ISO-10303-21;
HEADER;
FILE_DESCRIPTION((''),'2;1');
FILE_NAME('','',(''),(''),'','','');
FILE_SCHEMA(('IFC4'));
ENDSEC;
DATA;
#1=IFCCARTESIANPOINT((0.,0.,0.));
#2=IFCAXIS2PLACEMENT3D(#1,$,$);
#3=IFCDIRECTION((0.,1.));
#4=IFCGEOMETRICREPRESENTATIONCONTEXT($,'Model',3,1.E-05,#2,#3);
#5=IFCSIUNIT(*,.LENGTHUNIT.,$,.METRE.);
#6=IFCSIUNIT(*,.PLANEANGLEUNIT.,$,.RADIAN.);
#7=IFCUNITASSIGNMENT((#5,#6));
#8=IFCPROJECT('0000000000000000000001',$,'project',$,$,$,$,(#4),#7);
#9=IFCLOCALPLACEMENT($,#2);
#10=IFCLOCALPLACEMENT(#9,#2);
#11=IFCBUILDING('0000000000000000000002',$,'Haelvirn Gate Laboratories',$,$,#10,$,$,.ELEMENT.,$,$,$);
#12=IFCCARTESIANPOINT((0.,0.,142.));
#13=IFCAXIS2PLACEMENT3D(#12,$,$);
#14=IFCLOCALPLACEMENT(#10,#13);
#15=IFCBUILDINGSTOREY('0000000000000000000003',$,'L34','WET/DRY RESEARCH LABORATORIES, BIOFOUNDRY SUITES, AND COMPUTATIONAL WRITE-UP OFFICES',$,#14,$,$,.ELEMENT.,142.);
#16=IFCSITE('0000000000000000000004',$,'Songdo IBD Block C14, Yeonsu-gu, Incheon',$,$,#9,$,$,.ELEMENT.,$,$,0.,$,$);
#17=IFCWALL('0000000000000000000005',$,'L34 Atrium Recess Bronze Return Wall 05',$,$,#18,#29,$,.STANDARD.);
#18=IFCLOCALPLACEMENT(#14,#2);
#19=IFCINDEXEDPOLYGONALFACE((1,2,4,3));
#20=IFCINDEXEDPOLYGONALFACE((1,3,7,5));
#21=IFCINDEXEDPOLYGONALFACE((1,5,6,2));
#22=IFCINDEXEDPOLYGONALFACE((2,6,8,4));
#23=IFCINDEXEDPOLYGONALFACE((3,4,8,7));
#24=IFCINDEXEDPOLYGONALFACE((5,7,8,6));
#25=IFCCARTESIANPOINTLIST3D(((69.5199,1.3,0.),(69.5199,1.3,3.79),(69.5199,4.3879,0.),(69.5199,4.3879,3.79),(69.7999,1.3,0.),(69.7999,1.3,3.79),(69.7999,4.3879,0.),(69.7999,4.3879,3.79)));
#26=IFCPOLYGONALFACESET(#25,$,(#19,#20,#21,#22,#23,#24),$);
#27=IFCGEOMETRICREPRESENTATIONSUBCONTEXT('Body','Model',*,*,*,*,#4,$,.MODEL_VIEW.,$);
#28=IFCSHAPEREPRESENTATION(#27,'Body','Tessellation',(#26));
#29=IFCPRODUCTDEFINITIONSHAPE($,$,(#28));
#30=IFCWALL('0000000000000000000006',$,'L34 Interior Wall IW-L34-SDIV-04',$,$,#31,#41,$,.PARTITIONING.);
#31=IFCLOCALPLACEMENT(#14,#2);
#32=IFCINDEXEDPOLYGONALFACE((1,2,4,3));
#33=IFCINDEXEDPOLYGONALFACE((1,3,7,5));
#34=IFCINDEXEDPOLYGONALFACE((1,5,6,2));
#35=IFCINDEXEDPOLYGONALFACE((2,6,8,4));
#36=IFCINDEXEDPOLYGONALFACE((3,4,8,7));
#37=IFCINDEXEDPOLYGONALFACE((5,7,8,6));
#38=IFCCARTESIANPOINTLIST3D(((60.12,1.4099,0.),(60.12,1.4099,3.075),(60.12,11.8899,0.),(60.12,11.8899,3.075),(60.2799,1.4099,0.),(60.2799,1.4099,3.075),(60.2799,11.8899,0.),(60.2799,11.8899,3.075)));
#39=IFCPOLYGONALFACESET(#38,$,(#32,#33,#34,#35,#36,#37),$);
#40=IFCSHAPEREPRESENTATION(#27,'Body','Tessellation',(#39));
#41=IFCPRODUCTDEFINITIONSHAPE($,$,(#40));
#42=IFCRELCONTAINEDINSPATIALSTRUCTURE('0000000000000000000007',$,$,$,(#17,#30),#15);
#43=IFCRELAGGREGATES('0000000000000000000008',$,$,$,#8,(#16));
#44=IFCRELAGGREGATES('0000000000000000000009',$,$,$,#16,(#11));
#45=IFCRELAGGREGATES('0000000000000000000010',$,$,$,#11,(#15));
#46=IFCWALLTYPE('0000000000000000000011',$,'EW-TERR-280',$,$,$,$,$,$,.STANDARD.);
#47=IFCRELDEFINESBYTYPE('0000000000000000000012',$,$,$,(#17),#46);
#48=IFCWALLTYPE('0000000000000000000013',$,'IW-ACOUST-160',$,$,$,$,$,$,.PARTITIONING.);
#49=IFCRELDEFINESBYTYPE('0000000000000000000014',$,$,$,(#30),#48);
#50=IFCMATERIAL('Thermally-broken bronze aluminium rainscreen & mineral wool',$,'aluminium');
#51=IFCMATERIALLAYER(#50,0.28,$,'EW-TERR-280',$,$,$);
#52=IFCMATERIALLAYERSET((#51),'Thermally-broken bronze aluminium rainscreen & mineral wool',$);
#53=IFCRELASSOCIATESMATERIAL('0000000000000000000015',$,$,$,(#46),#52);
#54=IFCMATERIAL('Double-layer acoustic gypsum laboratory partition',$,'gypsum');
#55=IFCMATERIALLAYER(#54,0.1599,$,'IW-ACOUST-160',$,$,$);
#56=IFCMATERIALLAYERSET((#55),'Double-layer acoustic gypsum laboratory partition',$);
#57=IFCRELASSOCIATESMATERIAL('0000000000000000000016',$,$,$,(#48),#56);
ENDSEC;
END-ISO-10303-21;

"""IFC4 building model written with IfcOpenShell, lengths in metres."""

from ifc_helpers import new_model, si_unit, direction, frame, frame_2d, origin, place, context, subcontext, project, spatial, rectangle, extrude, material, layer, layer_set, type_object, element, save


model = new_model("IFC4")

# Units and contexts
model_context = context("Model", 3, precision=1e-05, world=origin(), true_north=direction((0.0, 1.0)))
body_context = subcontext(model_context, "Body", "Model", "MODEL_VIEW")
ifc_project = project(units=[si_unit("LENGTHUNIT", "METRE"), si_unit("PLANEANGLEUNIT", "RADIAN")], contexts=[model_context])

# Site, building, storey
site_placement = place(None, origin())
site = spatial("IfcSite", under=ifc_project, at=site_placement, Name="Songdo IBD Block C14, Yeonsu-gu, Incheon", CompositionType="ELEMENT", RefElevation=0.0)
building_placement = place(site_placement, origin())
building = spatial("IfcBuilding", under=site, at=building_placement, Name="Haelvirn Gate Laboratories", CompositionType="ELEMENT")
storey_placement = place(building_placement, frame((0.0, 0.0, 142.0)))
storey = spatial("IfcBuildingStorey", under=building, at=storey_placement, Name="L34", Description="WET/DRY RESEARCH LABORATORIES, BIOFOUNDRY SUITES, AND COMPUTATIONAL WRITE-UP OFFICES", CompositionType="ELEMENT", Elevation=142.0)

# Walls
ifc_material_1 = material(Name="Thermally-broken bronze aluminium rainscreen & mineral wool", Category="aluminium")
ifc_layer_1 = layer(ifc_material_1, 0.28, Name="EW-TERR-280")
ifc_layer_set_1 = layer_set([ifc_layer_1], Name="Thermally-broken bronze aluminium rainscreen & mineral wool")
wall_type_1 = type_object("IfcWallType", Name="EW-TERR-280", PredefinedType="STANDARD", material=ifc_layer_set_1)
wall_1_placement = place(storey_placement, frame((69.6599, 1.3, 0.0), z_axis=(0.0, 0.0, 1.0), x_axis=(0.0, 1.0, 0.0)))
element("IfcWall", 1, at=wall_1_placement, inside=storey, type_object=wall_type_1, Name="L34 Atrium Recess Bronze Return Wall 05", PredefinedType="STANDARD", context=body_context, shape_type="SweptSolid", body=[
    extrude(rectangle(XDim=3.0879, YDim=0.28, at=frame_2d((1.5439, 0.0))), origin(), (0.0, 0.0, 1.0), 3.79),
])
ifc_material_2 = material(Name="Double-layer acoustic gypsum laboratory partition", Category="gypsum")
ifc_layer_2 = layer(ifc_material_2, 0.1599, Name="IW-ACOUST-160")
ifc_layer_set_2 = layer_set([ifc_layer_2], Name="Double-layer acoustic gypsum laboratory partition")
wall_type_2 = type_object("IfcWallType", Name="IW-ACOUST-160", PredefinedType="PARTITIONING", material=ifc_layer_set_2)
wall_2_placement = place(storey_placement, frame((60.2, 1.4099, 0.0), z_axis=(0.0, 0.0, 1.0), x_axis=(0.0, 1.0, 0.0)))
element("IfcWall", 2, at=wall_2_placement, inside=storey, type_object=wall_type_2, Name="L34 Interior Wall IW-L34-SDIV-04", PredefinedType="PARTITIONING", context=body_context, shape_type="SweptSolid", body=[
    extrude(rectangle(XDim=10.48, YDim=0.1599, at=frame_2d((5.24, 0.0))), origin(), (0.0, 0.0, 1.0), 3.075),
])

save(model, "model.ifc")
